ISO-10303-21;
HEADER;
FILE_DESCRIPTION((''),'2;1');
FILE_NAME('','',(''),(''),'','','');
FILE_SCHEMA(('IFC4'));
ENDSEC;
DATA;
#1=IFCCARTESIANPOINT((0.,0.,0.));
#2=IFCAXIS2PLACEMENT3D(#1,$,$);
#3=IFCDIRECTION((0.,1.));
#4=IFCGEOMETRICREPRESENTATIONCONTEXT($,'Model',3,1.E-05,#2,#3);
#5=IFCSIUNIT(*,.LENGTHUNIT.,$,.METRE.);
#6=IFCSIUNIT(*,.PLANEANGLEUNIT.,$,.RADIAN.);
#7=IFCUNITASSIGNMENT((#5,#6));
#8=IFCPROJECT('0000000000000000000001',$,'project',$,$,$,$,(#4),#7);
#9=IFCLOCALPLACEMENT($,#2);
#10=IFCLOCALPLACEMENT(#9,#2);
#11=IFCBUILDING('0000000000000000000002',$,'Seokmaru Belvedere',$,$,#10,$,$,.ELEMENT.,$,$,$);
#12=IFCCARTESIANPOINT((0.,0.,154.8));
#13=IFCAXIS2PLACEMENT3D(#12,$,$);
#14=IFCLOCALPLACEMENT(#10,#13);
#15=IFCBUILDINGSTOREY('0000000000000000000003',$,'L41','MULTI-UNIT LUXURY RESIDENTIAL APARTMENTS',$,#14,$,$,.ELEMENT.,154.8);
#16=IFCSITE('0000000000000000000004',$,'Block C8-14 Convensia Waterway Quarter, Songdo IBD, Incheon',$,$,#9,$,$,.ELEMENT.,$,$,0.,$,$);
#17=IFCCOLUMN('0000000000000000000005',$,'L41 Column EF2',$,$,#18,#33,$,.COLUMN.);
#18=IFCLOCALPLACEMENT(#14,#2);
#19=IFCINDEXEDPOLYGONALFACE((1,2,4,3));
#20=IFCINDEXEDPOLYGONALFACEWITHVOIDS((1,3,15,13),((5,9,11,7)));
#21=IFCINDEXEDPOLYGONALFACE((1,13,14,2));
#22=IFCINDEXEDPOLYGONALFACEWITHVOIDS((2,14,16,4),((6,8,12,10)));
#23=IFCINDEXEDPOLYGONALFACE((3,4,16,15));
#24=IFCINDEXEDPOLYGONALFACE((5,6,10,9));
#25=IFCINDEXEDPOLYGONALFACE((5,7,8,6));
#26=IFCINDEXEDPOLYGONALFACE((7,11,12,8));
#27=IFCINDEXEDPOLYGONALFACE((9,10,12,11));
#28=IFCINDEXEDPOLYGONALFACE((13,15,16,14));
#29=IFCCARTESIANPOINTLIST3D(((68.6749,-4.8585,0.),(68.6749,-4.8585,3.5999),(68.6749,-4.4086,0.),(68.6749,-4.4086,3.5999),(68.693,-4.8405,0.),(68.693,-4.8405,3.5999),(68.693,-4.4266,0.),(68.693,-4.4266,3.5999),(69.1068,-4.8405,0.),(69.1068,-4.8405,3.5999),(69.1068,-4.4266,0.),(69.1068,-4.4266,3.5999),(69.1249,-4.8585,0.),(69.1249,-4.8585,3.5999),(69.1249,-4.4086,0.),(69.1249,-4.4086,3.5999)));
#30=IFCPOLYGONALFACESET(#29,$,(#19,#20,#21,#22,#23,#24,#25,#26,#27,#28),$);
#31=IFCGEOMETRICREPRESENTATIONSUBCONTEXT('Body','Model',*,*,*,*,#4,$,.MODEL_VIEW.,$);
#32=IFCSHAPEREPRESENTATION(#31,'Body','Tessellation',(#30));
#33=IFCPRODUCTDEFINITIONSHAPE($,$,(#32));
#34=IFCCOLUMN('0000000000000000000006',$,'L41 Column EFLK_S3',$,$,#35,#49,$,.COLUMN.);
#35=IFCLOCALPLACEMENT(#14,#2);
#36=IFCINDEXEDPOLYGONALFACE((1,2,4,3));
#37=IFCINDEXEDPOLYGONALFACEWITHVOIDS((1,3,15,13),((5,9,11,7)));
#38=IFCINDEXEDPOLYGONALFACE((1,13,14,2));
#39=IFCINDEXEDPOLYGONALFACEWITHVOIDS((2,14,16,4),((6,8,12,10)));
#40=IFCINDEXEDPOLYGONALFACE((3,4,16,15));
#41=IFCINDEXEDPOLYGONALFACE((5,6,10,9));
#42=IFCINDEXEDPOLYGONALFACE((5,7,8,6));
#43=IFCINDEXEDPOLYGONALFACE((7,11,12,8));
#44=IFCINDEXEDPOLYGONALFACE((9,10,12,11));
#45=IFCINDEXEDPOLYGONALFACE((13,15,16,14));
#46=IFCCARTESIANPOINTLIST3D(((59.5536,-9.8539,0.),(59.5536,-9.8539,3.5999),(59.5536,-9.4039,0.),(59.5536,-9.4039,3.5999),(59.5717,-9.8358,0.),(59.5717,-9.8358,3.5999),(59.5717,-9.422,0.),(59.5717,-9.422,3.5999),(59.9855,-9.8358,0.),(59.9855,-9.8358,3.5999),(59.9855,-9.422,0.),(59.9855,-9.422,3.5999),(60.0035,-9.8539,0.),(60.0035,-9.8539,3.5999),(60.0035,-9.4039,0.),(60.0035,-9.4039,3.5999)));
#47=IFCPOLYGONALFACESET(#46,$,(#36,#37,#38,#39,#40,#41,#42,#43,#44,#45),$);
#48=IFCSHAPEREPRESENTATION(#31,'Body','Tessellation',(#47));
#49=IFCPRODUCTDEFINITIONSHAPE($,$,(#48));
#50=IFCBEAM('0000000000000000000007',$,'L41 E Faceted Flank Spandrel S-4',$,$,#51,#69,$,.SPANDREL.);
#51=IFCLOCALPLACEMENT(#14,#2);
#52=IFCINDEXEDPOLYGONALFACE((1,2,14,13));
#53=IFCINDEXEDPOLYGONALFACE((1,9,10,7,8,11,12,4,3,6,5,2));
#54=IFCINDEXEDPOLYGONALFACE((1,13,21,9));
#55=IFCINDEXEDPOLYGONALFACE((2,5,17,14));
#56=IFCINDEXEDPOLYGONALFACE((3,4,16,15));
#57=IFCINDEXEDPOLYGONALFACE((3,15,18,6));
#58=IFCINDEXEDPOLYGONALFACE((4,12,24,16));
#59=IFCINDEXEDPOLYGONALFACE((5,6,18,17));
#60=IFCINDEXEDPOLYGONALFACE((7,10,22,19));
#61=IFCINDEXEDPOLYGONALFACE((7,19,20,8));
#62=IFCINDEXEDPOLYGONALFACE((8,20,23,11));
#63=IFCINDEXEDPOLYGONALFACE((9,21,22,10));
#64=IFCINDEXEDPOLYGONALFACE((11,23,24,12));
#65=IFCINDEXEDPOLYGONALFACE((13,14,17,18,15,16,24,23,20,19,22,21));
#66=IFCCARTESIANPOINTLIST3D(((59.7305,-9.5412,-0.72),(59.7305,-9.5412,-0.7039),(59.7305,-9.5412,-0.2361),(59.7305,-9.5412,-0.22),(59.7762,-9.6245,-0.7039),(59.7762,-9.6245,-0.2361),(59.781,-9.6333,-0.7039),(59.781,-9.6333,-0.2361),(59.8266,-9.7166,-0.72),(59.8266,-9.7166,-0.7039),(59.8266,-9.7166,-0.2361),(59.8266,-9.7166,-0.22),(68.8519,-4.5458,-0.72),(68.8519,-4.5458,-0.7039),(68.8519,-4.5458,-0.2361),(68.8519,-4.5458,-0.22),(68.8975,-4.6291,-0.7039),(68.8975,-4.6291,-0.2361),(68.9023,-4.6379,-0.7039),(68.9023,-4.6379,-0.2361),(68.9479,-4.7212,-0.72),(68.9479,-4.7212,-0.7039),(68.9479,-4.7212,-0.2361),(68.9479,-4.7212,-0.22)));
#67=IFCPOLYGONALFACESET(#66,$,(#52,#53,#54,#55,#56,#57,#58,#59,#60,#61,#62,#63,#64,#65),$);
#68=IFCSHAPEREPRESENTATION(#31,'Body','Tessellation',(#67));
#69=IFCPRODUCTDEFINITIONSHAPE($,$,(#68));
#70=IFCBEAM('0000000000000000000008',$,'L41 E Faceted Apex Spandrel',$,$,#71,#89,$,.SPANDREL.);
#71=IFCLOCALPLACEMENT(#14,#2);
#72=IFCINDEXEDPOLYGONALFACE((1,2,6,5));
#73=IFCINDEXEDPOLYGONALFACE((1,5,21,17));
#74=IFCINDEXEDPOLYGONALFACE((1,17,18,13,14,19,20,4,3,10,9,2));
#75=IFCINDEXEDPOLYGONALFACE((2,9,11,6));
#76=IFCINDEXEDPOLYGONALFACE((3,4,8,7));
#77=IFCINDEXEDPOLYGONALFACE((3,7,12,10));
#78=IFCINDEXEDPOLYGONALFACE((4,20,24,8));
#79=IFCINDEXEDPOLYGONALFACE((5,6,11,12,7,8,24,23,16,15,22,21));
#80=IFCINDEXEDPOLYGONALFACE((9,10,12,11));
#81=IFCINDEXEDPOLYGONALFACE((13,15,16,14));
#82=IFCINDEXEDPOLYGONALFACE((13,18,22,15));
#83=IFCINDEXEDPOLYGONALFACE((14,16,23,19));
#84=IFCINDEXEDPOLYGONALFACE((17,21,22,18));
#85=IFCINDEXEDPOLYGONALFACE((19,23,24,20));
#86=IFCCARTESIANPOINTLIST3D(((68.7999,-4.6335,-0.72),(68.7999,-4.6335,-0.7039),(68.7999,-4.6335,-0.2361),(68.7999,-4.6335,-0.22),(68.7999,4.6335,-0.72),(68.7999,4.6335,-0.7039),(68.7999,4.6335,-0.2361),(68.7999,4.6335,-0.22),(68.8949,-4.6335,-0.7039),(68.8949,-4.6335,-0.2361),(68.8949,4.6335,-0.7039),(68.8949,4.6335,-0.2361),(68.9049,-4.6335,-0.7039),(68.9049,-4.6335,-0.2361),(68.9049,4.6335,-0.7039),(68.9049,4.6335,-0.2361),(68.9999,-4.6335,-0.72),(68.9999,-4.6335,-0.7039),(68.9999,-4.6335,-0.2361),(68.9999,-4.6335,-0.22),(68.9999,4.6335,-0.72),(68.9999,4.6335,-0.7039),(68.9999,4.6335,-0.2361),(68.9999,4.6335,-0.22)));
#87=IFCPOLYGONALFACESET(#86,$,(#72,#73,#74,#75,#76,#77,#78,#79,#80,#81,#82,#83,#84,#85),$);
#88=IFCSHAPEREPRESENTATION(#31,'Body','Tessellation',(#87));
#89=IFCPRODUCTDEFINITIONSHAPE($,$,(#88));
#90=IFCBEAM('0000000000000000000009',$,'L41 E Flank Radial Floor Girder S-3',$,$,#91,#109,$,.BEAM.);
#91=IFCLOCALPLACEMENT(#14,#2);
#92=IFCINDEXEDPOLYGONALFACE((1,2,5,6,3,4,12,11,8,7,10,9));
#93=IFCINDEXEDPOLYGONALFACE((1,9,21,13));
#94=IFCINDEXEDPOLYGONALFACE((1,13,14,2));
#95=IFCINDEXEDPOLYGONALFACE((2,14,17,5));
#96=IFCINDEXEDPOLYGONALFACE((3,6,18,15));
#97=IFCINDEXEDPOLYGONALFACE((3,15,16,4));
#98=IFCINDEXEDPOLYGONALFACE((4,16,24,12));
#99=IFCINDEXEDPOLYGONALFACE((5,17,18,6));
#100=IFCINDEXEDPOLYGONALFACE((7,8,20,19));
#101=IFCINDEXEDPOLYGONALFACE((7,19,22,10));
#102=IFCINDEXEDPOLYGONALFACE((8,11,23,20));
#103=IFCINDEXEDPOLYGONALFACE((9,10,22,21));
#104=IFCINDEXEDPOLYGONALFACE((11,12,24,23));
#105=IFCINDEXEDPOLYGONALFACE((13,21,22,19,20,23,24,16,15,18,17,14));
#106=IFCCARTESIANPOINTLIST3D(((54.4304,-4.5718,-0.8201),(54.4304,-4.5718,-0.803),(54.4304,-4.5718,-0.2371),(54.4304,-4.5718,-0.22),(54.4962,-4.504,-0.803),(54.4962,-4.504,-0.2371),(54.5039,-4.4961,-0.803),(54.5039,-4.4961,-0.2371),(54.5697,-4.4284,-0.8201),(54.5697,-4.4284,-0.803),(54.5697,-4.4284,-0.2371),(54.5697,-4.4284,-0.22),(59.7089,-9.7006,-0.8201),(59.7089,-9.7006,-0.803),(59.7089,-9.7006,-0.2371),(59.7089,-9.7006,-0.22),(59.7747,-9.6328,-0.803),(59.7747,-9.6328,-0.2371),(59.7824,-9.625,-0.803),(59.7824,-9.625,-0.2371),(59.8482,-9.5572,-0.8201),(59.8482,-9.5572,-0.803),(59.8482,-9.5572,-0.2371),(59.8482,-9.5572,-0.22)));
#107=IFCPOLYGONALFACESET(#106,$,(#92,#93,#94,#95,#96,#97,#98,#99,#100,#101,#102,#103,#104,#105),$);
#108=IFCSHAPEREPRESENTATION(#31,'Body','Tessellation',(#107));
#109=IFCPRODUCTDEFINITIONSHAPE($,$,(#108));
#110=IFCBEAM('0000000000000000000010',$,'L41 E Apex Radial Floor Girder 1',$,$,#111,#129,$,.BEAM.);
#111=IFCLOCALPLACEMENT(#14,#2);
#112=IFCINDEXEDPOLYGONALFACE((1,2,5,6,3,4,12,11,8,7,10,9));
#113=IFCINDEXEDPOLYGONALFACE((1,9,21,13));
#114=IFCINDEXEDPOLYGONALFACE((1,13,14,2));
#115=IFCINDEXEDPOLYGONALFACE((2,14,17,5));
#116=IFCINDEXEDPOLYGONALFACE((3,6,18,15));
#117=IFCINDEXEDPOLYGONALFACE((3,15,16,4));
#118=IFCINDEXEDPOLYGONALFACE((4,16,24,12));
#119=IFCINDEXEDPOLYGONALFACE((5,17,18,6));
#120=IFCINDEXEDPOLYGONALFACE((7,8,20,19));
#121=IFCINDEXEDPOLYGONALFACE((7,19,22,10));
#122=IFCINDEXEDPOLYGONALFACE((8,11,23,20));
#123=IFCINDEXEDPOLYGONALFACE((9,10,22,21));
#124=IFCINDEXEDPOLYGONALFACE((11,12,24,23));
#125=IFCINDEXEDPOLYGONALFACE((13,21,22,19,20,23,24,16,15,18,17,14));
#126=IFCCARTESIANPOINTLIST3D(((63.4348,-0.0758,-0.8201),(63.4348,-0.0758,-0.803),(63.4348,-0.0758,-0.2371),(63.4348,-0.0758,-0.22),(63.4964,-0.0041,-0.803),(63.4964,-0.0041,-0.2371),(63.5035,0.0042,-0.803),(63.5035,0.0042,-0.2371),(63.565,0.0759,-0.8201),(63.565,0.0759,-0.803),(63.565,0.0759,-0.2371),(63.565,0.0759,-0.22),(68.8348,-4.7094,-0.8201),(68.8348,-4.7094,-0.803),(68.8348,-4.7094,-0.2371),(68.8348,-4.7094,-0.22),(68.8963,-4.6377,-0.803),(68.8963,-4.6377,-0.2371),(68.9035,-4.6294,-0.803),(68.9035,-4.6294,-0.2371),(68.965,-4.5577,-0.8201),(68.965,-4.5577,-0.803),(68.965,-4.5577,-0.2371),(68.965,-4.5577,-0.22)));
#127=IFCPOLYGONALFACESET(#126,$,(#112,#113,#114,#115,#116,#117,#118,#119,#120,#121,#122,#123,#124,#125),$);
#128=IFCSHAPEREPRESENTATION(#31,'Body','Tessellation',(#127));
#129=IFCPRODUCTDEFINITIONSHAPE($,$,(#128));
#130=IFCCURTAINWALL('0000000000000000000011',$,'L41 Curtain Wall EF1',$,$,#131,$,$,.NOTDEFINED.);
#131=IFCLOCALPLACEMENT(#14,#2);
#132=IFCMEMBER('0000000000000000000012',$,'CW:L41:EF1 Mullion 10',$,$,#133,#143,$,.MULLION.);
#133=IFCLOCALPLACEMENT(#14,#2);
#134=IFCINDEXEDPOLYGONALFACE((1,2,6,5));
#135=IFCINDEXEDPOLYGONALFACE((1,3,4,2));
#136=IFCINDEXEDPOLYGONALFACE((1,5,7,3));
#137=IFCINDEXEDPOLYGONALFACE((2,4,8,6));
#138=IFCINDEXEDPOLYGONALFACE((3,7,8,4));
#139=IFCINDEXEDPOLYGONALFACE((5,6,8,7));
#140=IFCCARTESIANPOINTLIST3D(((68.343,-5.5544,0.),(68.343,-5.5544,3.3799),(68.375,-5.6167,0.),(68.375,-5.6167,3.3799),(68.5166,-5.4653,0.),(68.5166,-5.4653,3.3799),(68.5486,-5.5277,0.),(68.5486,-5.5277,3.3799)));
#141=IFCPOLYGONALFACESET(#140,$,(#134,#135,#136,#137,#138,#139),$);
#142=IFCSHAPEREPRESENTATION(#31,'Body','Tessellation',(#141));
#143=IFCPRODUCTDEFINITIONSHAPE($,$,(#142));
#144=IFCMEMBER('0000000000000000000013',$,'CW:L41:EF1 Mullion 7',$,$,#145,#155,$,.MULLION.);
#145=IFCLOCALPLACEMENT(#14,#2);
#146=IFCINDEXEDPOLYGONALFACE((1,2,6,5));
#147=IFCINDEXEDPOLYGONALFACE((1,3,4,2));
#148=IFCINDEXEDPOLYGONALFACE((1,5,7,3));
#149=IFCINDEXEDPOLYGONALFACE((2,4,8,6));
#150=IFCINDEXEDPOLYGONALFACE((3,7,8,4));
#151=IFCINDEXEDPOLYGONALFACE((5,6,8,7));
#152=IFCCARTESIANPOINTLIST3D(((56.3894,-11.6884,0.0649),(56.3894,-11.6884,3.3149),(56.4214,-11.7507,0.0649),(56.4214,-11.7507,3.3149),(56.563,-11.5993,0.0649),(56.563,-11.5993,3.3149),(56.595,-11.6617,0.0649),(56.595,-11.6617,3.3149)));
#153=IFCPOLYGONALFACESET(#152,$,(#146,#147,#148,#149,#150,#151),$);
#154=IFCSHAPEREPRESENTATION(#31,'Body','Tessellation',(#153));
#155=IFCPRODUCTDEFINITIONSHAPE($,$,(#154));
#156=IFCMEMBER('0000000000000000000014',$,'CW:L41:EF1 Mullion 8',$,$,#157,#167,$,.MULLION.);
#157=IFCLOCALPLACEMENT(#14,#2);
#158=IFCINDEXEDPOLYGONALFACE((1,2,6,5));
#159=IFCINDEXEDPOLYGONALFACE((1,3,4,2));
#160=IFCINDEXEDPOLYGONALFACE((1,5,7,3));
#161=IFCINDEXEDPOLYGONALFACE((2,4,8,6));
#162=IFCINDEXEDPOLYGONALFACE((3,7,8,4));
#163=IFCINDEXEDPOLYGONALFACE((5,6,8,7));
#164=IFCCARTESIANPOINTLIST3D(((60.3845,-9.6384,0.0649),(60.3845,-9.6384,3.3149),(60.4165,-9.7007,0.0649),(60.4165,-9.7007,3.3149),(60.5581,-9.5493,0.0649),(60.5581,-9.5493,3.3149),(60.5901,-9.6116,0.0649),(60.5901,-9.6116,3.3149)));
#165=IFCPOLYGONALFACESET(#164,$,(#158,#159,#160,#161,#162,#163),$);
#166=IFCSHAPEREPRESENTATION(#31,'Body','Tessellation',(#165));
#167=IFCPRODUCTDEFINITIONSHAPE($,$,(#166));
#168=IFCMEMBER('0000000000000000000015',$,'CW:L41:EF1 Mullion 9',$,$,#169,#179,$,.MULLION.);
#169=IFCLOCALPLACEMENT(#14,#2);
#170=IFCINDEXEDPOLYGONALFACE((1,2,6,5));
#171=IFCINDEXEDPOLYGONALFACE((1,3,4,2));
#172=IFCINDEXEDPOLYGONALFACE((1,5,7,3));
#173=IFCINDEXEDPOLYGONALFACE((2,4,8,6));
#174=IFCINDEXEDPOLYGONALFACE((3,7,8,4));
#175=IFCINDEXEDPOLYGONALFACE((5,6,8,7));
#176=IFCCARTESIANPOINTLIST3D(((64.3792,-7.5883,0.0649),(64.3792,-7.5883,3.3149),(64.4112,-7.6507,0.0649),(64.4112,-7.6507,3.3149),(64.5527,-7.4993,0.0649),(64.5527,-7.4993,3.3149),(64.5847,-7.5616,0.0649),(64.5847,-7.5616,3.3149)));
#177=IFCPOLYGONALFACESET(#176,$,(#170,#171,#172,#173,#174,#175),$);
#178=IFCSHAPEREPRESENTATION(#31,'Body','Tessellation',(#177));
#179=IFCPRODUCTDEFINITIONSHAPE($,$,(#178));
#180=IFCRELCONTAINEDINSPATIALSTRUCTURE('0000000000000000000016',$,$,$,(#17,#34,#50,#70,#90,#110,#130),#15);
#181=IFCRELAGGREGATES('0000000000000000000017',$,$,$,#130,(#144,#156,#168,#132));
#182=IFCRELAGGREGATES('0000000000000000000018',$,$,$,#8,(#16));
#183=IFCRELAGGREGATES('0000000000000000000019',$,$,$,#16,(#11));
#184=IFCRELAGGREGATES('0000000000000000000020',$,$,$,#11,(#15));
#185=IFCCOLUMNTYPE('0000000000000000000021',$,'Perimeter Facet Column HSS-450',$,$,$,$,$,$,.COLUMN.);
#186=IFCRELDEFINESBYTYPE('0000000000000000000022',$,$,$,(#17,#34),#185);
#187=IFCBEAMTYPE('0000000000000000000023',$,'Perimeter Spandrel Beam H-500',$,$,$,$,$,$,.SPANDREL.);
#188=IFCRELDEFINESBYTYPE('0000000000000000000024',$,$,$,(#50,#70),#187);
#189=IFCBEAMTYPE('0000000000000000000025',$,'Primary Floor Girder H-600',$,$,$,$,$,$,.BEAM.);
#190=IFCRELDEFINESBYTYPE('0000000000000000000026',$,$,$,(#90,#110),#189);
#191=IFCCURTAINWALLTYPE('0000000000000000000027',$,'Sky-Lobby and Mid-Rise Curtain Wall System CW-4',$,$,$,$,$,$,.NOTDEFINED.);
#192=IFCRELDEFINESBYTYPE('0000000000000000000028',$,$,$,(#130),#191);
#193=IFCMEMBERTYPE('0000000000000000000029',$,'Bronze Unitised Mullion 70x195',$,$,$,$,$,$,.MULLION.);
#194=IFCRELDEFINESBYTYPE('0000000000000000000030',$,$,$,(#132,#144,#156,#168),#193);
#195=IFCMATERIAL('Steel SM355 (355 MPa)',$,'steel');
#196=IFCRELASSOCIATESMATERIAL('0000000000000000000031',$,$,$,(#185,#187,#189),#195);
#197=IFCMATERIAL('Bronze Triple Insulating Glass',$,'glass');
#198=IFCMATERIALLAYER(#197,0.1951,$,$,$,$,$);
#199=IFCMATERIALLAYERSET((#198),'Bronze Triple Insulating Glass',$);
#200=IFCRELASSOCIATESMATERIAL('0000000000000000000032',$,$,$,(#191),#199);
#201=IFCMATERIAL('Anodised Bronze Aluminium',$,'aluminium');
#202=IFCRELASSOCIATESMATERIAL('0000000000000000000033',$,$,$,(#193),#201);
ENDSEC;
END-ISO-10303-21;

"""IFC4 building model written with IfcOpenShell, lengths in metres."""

from ifc_helpers import new_model, si_unit, direction, frame, origin, origin_2d, place, context, subcontext, project, spatial, rectangle, hollow_rectangle, i_section, extrude, source, transform, mapped, material, layer, layer_set, material_profile, profile_set, type_object, type_shapes, element, aggregate, save


model = new_model("IFC4")

# Units and contexts
model_context = context("Model", 3, precision=1e-05, world=origin(), true_north=direction((0.0, 1.0)))
body_context = subcontext(model_context, "Body", "Model", "MODEL_VIEW")
ifc_project = project(units=[si_unit("LENGTHUNIT", "METRE"), si_unit("PLANEANGLEUNIT", "RADIAN")], contexts=[model_context])

# Site, building, storey
site_placement = place(None, origin())
site = spatial("IfcSite", under=ifc_project, at=site_placement, Name="Block C8-14 Convensia Waterway Quarter, Songdo IBD, Incheon", CompositionType="ELEMENT", RefElevation=0.0)
building_placement = place(site_placement, origin())
building = spatial("IfcBuilding", under=site, at=building_placement, Name="Seokmaru Belvedere", CompositionType="ELEMENT")
storey_placement = place(building_placement, frame((0.0, 0.0, 154.8)))
storey = spatial("IfcBuildingStorey", under=building, at=storey_placement, Name="L41", Description="MULTI-UNIT LUXURY RESIDENTIAL APARTMENTS", CompositionType="ELEMENT", Elevation=154.8)

# Columns
ifc_material_1 = material(Name="Steel SM355 (355 MPa)", Category="steel")
ifc_material_profile_1 = material_profile(ifc_material_1, hollow_rectangle(XDim=0.45, YDim=0.45, WallThickness=0.0181, at=origin_2d()), Name="HSS-450x450x18")
ifc_profile_set_1 = profile_set([ifc_material_profile_1], Name="Steel SM355 (355 MPa)")
column_type = type_object("IfcColumnType", Name="Perimeter Facet Column HSS-450", PredefinedType="COLUMN", material=ifc_profile_set_1)
shared_shape_1 = source(origin(), body_context, "Body", "SweptSolid", [
    extrude(hollow_rectangle(XDim=0.45, YDim=0.45, WallThickness=0.0181, at=origin_2d()), origin(), (0.0, 0.0, 1.0), 3.5999),
])
type_shapes(column_type, [shared_shape_1])
for number, where, z_axis, x_axis, name in (
    (1, (68.8999, -4.6335, 0.0), (0.0, 0.0, 1.0), (1.0, 0.0, 0.0), "L41 Column EF2"),
    (2, (59.7786, -9.6289, 0.0), (0.0, 0.0, 1.0), (1.0, 0.0, 0.0), "L41 Column EFLK_S3"),
):
    element("IfcColumn", number, at=place(storey_placement, frame(where, z_axis=z_axis, x_axis=x_axis)), inside=storey, type_object=column_type, Name=name, PredefinedType="COLUMN", context=body_context, shape_type="MappedRepresentation", body=[
        mapped(shared_shape_1, transform((0.0, 0.0, 0.0), scale=1.0)),
    ])

# Beams
ifc_material_profile_2 = material_profile(ifc_material_1, i_section(OverallWidth=0.2, OverallDepth=0.5, WebThickness=0.01, FlangeThickness=0.0161, at=origin_2d()), Name="H-500x200x10x16")
ifc_profile_set_2 = profile_set([ifc_material_profile_2], Name="Steel SM355 (355 MPa)")
beam_type_1 = type_object("IfcBeamType", Name="Perimeter Spandrel Beam H-500", PredefinedType="SPANDREL", material=ifc_profile_set_2)
shared_shape_2 = source(origin(), body_context, "Body", "SweptSolid", [
    extrude(i_section(OverallWidth=0.2, OverallDepth=0.5, WebThickness=0.01, FlangeThickness=0.0161, at=origin_2d()), origin(), (0.0, 0.0, 1.0), 10.3997),
])
beam_1_placement = place(storey_placement, frame((59.7786, -9.6289, -0.47), z_axis=(0.877082, 0.48034, 0.0), x_axis=(-0.48034, 0.877082, 0.0)))
element("IfcBeam", 3, at=beam_1_placement, inside=storey, type_object=beam_type_1, Name="L41 E Faceted Flank Spandrel S-4", PredefinedType="SPANDREL", context=body_context, shape_type="MappedRepresentation", body=[
    mapped(shared_shape_2, transform((0.0, 0.0, 0.0), scale=1.0)),
])
shared_shape_3 = source(origin(), body_context, "Body", "SweptSolid", [
    extrude(i_section(OverallWidth=0.2, OverallDepth=0.5, WebThickness=0.01, FlangeThickness=0.0161, at=origin_2d()), origin(), (0.0, 0.0, 1.0), 9.2671),
])
type_shapes(beam_type_1, [shared_shape_2, shared_shape_3])
beam_2_placement = place(storey_placement, frame((68.8999, -4.6335, -0.47), z_axis=(0.0, 1.0, 0.0), x_axis=(-1.0, 0.0, 0.0)))
element("IfcBeam", 4, at=beam_2_placement, inside=storey, type_object=beam_type_1, Name="L41 E Faceted Apex Spandrel", PredefinedType="SPANDREL", context=body_context, shape_type="MappedRepresentation", body=[
    mapped(shared_shape_3, transform((0.0, 0.0, 0.0), scale=1.0)),
])
ifc_material_profile_3 = material_profile(ifc_material_1, i_section(OverallWidth=0.2, OverallDepth=0.6001, WebThickness=0.011, FlangeThickness=0.0171, at=origin_2d()), Name="H-600x200x11x17")
ifc_profile_set_3 = profile_set([ifc_material_profile_3], Name="Steel SM355 (355 MPa)")
beam_type_2 = type_object("IfcBeamType", Name="Primary Floor Girder H-600", PredefinedType="BEAM", material=ifc_profile_set_3)
shared_shape_4 = source(origin(), body_context, "Body", "SweptSolid", [
    extrude(i_section(OverallWidth=0.2, OverallDepth=0.6001, WebThickness=0.011, FlangeThickness=0.0171, at=origin_2d()), origin(), (0.0, 0.0, 1.0), 7.3599),
])
beam_3_placement = place(storey_placement, frame((59.7786, -9.6289, -0.52), z_axis=(-0.717201, 0.696867, 0.0), x_axis=(-0.696867, -0.717201, 0.0)))
element("IfcBeam", 5, at=beam_3_placement, inside=storey, type_object=beam_type_2, Name="L41 E Flank Radial Floor Girder S-3", PredefinedType="BEAM", context=body_context, shape_type="MappedRepresentation", body=[
    mapped(shared_shape_4, transform((0.0, 0.0, 0.0), scale=1.0)),
])
shared_shape_5 = source(origin(), body_context, "Body", "SweptSolid", [
    extrude(i_section(OverallWidth=0.2, OverallDepth=0.6001, WebThickness=0.011, FlangeThickness=0.0171, at=origin_2d()), origin(), (0.0, 0.0, 1.0), 7.1155),
])
type_shapes(beam_type_2, [shared_shape_4, shared_shape_5])
beam_4_placement = place(storey_placement, frame((68.8999, -4.6335, -0.52), z_axis=(-0.758905, 0.651201, 0.0), x_axis=(-0.651201, -0.758905, 0.0)))
element("IfcBeam", 6, at=beam_4_placement, inside=storey, type_object=beam_type_2, Name="L41 E Apex Radial Floor Girder 1", PredefinedType="BEAM", context=body_context, shape_type="MappedRepresentation", body=[
    mapped(shared_shape_5, transform((0.0, 0.0, 0.0), scale=1.0)),
])

# Curtain wall, members
ifc_material_2 = material(Name="Bronze Triple Insulating Glass", Category="glass")
ifc_layer_1 = layer(ifc_material_2, 0.1951)
ifc_layer_set_1 = layer_set([ifc_layer_1], Name="Bronze Triple Insulating Glass")
curtain_wall_type = type_object("IfcCurtainWallType", Name="Sky-Lobby and Mid-Rise Curtain Wall System CW-4", PredefinedType="NOTDEFINED", material=ifc_layer_set_1)
curtain_wall_placement = place(storey_placement, origin())
curtain_wall = element("IfcCurtainWall", 7, at=curtain_wall_placement, inside=storey, type_object=curtain_wall_type, Name="L41 Curtain Wall EF1", PredefinedType="NOTDEFINED")
ifc_material_3 = material(Name="Anodised Bronze Aluminium", Category="aluminium")
ifc_material_profile_4 = material_profile(ifc_material_3, rectangle(XDim=0.0701, YDim=0.1951, at=origin_2d()), Name="CW-M-70x195")
ifc_profile_set_4 = profile_set([ifc_material_profile_4], Name="Anodised Bronze Aluminium")
member_type = type_object("IfcMemberType", Name="Bronze Unitised Mullion 70x195", PredefinedType="MULLION", material=ifc_profile_set_4)
shared_shape_6 = source(origin(), body_context, "Body", "SweptSolid", [
    extrude(rectangle(XDim=0.0701, YDim=0.1951, at=origin_2d()), origin(), (0.0, 0.0, 1.0), 3.3799),
])
member_1_placement = place(storey_placement, frame((68.4458, -5.541, 0.0), z_axis=(0.0, 0.0, 1.0), x_axis=(-0.456555, 0.889695, 0.0)))
member_1 = element("IfcMember", 8, at=member_1_placement, type_object=member_type, Name="CW:L41:EF1 Mullion 10", PredefinedType="MULLION", context=body_context, shape_type="MappedRepresentation", body=[
    mapped(shared_shape_6, transform((0.0, 0.0, 0.0), scale=1.0)),
])
shared_shape_7 = source(origin(), body_context, "Body", "SweptSolid", [
    extrude(rectangle(XDim=0.0701, YDim=0.1951, at=origin_2d()), origin(), (0.0, 0.0, 1.0), 3.25),
])
type_shapes(member_type, [shared_shape_6, shared_shape_7])
member_2_placement = place(storey_placement, frame((56.4922, -11.675, 0.0649), z_axis=(0.0, 0.0, 1.0), x_axis=(-0.456555, 0.889695, 0.0)))
member_2 = element("IfcMember", 9, at=member_2_placement, type_object=member_type, Name="CW:L41:EF1 Mullion 7", PredefinedType="MULLION", context=body_context, shape_type="MappedRepresentation", body=[
    mapped(shared_shape_7, transform((0.0, 0.0, 0.0), scale=1.0)),
])
member_3_placement = place(storey_placement, frame((60.4873, -9.625, 0.0649), z_axis=(0.0, 0.0, 1.0), x_axis=(-0.456555, 0.889695, 0.0)))
member_3 = element("IfcMember", 10, at=member_3_placement, type_object=member_type, Name="CW:L41:EF1 Mullion 8", PredefinedType="MULLION", context=body_context, shape_type="MappedRepresentation", body=[
    mapped(shared_shape_7, transform((0.0, 0.0, 0.0), scale=1.0)),
])
member_4_placement = place(storey_placement, frame((64.4819, -7.575, 0.0649), z_axis=(0.0, 0.0, 1.0), x_axis=(-0.456555, 0.889695, 0.0)))
member_4 = element("IfcMember", 11, at=member_4_placement, type_object=member_type, Name="CW:L41:EF1 Mullion 9", PredefinedType="MULLION", context=body_context, shape_type="MappedRepresentation", body=[
    mapped(shared_shape_7, transform((0.0, 0.0, 0.0), scale=1.0)),
])
aggregate(curtain_wall, [member_2, member_3, member_4, member_1])

save(model, "model.ifc")
